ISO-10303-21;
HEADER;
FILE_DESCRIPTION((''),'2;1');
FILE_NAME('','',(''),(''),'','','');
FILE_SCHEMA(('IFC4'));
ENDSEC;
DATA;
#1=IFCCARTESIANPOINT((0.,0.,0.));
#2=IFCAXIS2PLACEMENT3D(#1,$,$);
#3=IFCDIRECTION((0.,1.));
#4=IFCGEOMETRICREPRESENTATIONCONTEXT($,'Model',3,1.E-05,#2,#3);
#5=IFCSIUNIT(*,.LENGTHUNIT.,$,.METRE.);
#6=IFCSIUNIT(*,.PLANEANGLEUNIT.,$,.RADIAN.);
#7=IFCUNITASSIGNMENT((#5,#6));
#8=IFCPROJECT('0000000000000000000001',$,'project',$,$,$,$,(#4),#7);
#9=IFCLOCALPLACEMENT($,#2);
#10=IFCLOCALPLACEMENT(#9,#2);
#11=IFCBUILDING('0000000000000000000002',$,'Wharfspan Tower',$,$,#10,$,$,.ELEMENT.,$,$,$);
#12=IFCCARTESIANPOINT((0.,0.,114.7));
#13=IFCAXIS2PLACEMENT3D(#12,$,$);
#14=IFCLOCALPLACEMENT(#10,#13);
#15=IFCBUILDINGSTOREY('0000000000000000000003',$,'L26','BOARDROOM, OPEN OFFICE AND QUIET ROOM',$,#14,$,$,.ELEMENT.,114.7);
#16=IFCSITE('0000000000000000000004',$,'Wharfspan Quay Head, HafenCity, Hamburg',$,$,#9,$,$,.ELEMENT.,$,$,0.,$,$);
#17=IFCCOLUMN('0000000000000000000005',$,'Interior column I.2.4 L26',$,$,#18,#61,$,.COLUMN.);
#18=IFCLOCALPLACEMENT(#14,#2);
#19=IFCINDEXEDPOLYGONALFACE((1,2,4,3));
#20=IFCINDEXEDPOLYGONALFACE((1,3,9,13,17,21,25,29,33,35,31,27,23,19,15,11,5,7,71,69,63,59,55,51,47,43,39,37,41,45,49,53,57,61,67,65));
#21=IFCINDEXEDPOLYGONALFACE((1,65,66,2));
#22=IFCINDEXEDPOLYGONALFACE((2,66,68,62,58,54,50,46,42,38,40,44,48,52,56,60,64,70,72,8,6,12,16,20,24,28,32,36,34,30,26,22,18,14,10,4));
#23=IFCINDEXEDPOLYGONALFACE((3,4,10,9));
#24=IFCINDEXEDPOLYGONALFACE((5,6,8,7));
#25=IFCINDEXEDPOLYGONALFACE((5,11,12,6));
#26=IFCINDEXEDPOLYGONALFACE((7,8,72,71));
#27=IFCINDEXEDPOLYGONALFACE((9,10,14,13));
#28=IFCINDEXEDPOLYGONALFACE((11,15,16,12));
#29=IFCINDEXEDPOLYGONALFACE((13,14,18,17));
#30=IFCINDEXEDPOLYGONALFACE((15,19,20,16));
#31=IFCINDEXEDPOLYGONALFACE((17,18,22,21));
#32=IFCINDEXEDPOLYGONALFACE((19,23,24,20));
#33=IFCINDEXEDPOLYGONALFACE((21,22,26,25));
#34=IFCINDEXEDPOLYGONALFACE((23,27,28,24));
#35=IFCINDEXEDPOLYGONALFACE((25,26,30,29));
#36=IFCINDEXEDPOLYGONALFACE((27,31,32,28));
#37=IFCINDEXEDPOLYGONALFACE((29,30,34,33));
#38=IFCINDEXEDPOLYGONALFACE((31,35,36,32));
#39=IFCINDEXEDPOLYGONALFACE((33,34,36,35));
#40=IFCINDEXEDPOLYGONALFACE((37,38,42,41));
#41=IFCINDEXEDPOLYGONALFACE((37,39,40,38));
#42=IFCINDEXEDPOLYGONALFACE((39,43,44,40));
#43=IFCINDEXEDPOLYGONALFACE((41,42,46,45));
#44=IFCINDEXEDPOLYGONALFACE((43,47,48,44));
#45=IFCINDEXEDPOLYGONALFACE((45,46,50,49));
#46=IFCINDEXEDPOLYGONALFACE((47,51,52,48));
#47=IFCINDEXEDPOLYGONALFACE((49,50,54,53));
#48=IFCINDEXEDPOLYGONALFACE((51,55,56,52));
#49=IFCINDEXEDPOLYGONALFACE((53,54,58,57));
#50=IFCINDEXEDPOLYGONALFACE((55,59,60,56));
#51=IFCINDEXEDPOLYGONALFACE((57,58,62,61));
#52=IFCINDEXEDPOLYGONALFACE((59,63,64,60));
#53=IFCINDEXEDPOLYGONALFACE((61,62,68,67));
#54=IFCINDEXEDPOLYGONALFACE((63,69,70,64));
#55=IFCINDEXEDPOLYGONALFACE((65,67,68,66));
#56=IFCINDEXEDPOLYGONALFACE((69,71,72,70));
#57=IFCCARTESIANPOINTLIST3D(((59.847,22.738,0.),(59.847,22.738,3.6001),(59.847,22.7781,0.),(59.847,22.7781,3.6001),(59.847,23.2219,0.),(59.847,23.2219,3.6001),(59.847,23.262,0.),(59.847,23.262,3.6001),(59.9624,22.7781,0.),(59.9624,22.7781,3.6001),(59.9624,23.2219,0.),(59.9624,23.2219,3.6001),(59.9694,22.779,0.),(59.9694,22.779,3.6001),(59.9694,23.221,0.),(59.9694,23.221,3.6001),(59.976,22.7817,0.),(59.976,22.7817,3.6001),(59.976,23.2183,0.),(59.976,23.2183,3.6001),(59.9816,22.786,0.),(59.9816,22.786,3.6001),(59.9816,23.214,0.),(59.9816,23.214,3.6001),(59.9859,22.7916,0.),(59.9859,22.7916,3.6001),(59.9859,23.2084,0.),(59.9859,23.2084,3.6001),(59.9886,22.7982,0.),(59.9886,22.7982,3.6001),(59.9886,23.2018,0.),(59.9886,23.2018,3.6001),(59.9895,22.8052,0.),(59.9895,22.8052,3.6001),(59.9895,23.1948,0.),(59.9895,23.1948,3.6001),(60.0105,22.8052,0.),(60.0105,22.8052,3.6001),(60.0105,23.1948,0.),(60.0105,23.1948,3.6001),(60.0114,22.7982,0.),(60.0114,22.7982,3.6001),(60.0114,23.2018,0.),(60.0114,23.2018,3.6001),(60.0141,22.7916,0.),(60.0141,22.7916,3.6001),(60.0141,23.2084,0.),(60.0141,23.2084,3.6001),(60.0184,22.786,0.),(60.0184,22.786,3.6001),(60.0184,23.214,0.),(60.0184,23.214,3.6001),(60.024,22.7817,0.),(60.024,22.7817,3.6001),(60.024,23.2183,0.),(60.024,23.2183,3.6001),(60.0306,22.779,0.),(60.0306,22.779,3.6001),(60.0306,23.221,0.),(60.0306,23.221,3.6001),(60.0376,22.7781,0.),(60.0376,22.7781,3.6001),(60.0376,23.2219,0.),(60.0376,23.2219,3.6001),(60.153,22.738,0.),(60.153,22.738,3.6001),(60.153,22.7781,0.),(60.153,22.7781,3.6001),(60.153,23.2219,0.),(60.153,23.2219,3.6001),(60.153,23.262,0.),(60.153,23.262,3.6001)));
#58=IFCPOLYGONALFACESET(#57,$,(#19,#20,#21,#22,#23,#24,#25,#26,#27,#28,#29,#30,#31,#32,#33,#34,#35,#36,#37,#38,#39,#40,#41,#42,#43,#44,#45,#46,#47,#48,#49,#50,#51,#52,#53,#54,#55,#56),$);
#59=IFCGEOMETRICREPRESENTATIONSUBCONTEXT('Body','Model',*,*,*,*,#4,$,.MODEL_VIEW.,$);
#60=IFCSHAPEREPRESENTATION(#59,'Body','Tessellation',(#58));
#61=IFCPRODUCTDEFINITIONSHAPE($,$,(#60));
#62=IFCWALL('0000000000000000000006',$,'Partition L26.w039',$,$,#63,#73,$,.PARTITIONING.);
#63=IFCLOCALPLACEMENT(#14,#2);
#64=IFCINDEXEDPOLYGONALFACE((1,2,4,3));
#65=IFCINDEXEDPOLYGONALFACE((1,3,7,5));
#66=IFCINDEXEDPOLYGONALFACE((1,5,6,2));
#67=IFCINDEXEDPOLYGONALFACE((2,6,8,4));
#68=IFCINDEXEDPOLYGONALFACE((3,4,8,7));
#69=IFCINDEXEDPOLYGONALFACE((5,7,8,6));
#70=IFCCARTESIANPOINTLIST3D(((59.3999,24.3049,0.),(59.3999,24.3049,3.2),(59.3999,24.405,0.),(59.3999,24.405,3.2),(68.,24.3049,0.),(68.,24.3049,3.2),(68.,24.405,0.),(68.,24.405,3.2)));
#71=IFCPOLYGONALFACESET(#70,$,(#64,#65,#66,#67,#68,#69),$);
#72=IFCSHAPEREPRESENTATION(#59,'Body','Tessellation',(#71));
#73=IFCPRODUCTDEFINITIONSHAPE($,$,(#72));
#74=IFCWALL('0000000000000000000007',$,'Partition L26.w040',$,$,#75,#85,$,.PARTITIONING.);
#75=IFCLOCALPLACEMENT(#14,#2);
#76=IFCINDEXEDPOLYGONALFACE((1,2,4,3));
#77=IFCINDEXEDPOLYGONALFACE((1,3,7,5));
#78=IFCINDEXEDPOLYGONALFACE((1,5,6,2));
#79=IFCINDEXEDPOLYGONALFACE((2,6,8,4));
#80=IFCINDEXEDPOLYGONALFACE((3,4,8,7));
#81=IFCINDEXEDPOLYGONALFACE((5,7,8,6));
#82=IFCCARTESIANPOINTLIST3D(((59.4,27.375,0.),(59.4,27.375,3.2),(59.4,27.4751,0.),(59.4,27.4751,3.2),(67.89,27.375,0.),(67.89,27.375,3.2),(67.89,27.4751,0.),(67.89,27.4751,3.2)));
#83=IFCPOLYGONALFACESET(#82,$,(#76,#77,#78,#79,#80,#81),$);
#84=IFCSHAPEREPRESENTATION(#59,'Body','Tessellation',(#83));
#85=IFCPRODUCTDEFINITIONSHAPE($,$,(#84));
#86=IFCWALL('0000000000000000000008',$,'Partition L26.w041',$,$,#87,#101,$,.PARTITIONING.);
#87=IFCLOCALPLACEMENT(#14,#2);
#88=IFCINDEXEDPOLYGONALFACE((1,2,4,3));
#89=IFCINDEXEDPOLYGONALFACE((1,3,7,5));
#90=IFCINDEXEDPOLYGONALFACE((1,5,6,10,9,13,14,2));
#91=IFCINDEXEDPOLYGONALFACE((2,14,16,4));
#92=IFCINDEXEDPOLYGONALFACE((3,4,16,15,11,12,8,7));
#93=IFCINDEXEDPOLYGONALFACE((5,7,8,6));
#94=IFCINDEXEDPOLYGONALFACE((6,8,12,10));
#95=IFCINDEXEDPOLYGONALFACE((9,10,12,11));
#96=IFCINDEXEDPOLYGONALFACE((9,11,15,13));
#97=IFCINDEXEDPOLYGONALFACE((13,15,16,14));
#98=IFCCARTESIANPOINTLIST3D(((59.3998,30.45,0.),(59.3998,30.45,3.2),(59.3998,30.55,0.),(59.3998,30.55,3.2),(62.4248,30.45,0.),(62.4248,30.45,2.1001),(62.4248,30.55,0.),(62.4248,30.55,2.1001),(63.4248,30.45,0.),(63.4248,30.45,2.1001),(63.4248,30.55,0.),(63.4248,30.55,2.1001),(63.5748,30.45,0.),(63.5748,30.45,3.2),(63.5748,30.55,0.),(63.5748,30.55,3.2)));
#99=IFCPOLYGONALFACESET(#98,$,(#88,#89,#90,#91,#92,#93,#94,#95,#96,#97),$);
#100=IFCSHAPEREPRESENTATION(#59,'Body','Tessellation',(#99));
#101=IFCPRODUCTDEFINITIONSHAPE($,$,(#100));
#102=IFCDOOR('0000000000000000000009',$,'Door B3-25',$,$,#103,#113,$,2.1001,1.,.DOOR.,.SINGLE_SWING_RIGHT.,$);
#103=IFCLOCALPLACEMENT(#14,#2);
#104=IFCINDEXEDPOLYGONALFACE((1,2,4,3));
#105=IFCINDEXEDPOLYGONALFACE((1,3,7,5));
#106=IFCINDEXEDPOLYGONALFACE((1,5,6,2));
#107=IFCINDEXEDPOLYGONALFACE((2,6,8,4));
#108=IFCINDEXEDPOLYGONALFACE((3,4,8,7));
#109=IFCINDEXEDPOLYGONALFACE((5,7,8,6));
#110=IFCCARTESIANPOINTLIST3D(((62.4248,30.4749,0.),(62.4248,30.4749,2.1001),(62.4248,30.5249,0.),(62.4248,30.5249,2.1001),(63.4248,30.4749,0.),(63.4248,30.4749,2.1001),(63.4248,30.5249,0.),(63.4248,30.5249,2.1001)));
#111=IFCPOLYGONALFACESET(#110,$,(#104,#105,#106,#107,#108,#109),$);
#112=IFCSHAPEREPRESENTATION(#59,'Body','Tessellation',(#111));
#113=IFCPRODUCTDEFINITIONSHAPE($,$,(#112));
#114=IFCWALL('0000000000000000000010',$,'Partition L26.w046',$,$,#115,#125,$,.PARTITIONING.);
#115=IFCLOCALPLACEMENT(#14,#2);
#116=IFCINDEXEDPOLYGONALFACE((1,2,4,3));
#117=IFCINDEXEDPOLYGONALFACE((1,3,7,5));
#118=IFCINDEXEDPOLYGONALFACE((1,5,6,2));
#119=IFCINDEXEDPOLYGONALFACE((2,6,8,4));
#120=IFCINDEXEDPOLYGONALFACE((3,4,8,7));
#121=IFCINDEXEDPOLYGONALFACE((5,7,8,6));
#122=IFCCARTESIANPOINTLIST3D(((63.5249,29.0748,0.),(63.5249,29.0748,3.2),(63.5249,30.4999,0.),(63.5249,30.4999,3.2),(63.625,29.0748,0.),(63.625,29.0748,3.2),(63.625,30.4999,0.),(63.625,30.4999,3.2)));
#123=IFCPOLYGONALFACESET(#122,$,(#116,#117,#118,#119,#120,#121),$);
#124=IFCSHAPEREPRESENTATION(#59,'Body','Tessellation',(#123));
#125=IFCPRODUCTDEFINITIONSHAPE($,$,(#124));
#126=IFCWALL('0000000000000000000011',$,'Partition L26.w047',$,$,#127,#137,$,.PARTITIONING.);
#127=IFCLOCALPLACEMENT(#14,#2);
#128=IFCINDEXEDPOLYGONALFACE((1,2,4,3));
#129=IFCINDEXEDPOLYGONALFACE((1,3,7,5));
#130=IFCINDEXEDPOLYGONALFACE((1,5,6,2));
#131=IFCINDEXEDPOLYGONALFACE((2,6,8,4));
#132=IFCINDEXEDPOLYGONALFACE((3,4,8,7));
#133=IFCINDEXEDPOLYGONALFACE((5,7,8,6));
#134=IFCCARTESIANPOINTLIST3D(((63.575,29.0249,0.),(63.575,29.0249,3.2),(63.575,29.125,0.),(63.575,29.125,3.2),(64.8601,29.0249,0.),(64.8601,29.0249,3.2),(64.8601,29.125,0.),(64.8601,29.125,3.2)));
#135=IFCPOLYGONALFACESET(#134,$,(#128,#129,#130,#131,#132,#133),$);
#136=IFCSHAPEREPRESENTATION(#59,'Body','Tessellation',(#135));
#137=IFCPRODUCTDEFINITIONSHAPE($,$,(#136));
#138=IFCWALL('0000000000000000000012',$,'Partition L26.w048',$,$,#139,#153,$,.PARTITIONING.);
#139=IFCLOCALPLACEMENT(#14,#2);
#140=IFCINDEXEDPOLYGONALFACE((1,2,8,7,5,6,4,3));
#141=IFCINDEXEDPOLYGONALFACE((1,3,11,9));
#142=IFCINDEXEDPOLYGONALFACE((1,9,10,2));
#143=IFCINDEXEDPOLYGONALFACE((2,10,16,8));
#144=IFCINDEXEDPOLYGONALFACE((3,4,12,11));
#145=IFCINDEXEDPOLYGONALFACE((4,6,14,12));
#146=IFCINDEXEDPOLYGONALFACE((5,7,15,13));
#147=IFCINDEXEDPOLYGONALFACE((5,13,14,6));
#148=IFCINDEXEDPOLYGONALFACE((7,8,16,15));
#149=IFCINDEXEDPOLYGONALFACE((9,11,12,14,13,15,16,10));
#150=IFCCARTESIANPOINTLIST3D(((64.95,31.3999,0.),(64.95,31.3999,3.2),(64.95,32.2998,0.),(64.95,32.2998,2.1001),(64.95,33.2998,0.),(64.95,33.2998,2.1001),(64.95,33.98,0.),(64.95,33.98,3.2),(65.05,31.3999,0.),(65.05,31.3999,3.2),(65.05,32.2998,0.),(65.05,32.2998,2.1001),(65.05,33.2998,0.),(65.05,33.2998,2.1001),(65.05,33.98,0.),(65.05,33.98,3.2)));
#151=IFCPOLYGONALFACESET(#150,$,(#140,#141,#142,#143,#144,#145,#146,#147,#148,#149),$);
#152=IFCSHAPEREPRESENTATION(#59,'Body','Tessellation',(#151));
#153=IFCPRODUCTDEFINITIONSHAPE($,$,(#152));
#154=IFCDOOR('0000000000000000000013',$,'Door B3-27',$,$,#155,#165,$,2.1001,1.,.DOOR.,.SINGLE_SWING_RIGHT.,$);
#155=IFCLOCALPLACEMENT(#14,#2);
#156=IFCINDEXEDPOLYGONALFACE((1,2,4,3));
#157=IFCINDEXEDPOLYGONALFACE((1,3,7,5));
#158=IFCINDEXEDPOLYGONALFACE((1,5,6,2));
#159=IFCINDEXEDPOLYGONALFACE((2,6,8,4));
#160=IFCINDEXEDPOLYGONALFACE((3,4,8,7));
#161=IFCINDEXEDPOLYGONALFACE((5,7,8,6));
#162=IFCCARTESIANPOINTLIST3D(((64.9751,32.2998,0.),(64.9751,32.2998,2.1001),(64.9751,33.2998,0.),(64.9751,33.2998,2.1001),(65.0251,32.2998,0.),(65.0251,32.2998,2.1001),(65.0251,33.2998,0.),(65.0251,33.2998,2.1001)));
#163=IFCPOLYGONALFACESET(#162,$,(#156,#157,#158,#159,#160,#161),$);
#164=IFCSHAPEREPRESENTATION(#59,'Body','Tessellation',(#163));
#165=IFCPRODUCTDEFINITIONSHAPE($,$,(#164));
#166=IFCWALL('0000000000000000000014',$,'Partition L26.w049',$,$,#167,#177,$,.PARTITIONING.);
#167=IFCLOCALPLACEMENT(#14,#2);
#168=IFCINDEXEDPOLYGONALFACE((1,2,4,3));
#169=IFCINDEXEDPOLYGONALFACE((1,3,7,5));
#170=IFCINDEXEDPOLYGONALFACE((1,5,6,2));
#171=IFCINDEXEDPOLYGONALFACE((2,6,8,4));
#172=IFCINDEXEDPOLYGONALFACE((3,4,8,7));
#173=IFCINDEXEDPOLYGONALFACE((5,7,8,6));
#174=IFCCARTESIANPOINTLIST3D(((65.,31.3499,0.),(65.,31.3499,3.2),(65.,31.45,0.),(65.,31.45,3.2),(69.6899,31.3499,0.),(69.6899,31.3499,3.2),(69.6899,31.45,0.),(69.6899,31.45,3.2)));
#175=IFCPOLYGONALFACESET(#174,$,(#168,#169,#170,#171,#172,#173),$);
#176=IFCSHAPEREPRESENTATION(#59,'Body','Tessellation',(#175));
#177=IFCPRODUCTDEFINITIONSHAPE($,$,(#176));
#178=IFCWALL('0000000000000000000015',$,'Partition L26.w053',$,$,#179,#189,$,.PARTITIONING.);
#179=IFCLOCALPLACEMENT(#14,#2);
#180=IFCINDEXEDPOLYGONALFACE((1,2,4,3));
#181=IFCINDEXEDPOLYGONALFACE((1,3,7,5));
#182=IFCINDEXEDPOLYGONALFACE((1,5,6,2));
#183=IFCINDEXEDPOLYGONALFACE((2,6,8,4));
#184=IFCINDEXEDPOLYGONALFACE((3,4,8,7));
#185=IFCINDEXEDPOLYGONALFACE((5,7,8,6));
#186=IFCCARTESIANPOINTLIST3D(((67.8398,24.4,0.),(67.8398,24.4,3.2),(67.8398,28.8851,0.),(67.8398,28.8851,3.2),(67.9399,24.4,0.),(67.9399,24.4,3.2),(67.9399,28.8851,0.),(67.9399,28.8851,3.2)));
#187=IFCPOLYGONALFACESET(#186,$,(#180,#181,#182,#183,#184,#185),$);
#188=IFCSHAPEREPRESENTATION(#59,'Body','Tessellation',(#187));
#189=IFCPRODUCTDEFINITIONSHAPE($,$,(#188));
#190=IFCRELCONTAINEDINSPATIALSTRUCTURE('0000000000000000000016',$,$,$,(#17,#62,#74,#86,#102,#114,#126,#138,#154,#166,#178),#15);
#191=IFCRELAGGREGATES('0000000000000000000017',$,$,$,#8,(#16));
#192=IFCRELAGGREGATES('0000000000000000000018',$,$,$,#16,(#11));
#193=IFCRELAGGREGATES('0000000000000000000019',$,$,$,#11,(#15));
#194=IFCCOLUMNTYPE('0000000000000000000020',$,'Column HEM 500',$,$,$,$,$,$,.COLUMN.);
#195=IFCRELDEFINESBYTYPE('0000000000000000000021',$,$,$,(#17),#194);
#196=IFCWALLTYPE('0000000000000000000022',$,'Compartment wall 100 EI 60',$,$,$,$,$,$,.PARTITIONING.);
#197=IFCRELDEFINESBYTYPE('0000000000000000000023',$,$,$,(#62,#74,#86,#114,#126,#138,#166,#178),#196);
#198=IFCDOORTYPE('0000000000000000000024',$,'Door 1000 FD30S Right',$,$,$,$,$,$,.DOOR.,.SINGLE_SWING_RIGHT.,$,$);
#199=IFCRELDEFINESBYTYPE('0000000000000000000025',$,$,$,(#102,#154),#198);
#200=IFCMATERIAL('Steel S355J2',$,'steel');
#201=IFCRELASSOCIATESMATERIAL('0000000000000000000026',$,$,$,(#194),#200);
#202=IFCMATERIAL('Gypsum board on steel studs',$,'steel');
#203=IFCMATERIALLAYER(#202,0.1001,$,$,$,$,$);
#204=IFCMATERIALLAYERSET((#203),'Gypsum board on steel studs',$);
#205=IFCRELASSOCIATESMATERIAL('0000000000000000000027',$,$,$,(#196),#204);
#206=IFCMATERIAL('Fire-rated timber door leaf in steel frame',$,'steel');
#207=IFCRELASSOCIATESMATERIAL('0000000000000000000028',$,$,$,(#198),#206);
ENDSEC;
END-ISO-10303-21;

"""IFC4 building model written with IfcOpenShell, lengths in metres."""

from ifc_helpers import new_model, si_unit, direction, frame, frame_2d, origin, origin_2d, place, context, subcontext, project, spatial, rectangle, i_section, extrude, material, layer, layer_set, material_profile, profile_set, type_object, element, fill, save


model = new_model("IFC4")

# Units and contexts
model_context = context("Model", 3, precision=1e-05, world=origin(), true_north=direction((0.0, 1.0)))
body_context = subcontext(model_context, "Body", "Model", "MODEL_VIEW")
ifc_project = project(units=[si_unit("LENGTHUNIT", "METRE"), si_unit("PLANEANGLEUNIT", "RADIAN")], contexts=[model_context])

# Site, building, storey
site_placement = place(None, origin())
site = spatial("IfcSite", under=ifc_project, at=site_placement, Name="Wharfspan Quay Head, HafenCity, Hamburg", CompositionType="ELEMENT", RefElevation=0.0)
building_placement = place(site_placement, origin())
building = spatial("IfcBuilding", under=site, at=building_placement, Name="Wharfspan Tower", CompositionType="ELEMENT")
storey_placement = place(building_placement, frame((0.0, 0.0, 114.7)))
storey = spatial("IfcBuildingStorey", under=building, at=storey_placement, Name="L26", Description="BOARDROOM, OPEN OFFICE AND QUIET ROOM", CompositionType="ELEMENT", Elevation=114.7)

# Column
ifc_material_1 = material(Name="Steel S355J2", Category="steel")
ifc_material_profile = material_profile(ifc_material_1, i_section(OverallWidth=0.3059, OverallDepth=0.5239, WebThickness=0.021, FlangeThickness=0.04, FilletRadius=0.0271, at=origin_2d()))
ifc_profile_set = profile_set([ifc_material_profile], Name="Steel S355J2")
column_type = type_object("IfcColumnType", Name="Column HEM 500", PredefinedType="COLUMN", material=ifc_profile_set)
column_placement = place(storey_placement, frame((60.0, 23.0, 0.0), z_axis=(0.0, 0.0, 1.0), x_axis=(1.0, 0.0, 0.0)))
element("IfcColumn", 1, at=column_placement, inside=storey, type_object=column_type, Name="Interior column I.2.4 L26", PredefinedType="COLUMN", context=body_context, shape_type="SweptSolid", body=[
    extrude(i_section(OverallWidth=0.3059, OverallDepth=0.5239, WebThickness=0.021, FlangeThickness=0.04, FilletRadius=0.0271, at=origin_2d()), origin(), (0.0, 0.0, 1.0), 3.6001),
])

# Walls
ifc_material_2 = material(Name="Gypsum board on steel studs", Category="steel")
ifc_layer = layer(ifc_material_2, 0.1001)
ifc_layer_set = layer_set([ifc_layer], Name="Gypsum board on steel studs")
wall_type = type_object("IfcWallType", Name="Compartment wall 100 EI 60", PredefinedType="PARTITIONING", material=ifc_layer_set)
wall_1_placement = place(storey_placement, frame((59.3999, 24.355, 0.0), z_axis=(0.0, 0.0, 1.0), x_axis=(1.0, 0.0, 0.0)))
element("IfcWall", 2, at=wall_1_placement, inside=storey, type_object=wall_type, Name="Partition L26.w039", PredefinedType="PARTITIONING", context=body_context, shape_type="SweptSolid", body=[
    extrude(rectangle(XDim=8.6001, YDim=0.1001, at=frame_2d((4.3, 0.0))), origin(), (0.0, 0.0, 1.0), 3.2),
])
wall_2_placement = place(storey_placement, frame((59.3999, 27.425, 0.0), z_axis=(0.0, 0.0, 1.0), x_axis=(1.0, 0.0, 0.0)))
element("IfcWall", 3, at=wall_2_placement, inside=storey, type_object=wall_type, Name="Partition L26.w040", PredefinedType="PARTITIONING", context=body_context, shape_type="SweptSolid", body=[
    extrude(rectangle(XDim=8.49, YDim=0.1001, at=frame_2d((4.2451, 0.0))), origin(), (0.0, 0.0, 1.0), 3.2),
])

# Wall, opening, door
wall_3_placement = place(storey_placement, frame((59.3999, 30.5, 0.0), z_axis=(0.0, 0.0, 1.0), x_axis=(1.0, 0.0, 0.0)))
wall_3 = element("IfcWall", 4, at=wall_3_placement, inside=storey, type_object=wall_type, Name="Partition L26.w041", PredefinedType="PARTITIONING", context=body_context, shape_type="SweptSolid", body=[
    extrude(rectangle(XDim=4.175, YDim=0.1001, at=frame_2d((2.0874, 0.0))), origin(), (0.0, 0.0, 1.0), 3.2),
])
opening_1_placement = place(wall_3_placement, frame((3.0249, 0.0, 0.0)))
opening_1 = element("IfcOpeningElement", 5, at=opening_1_placement, cuts=wall_3, PredefinedType="OPENING", context=body_context, shape_type="SweptSolid", body=[
    extrude(rectangle(XDim=1.0, YDim=2.1001, at=frame_2d((0.5, 1.05))), frame((0.0, 0.0601, 0.0), z_axis=(0.0, -1.0, 0.0), x_axis=(1.0, 0.0, 0.0)), (0.0, 0.0, 1.0), 0.1201),
])
ifc_material_3 = material(Name="Fire-rated timber door leaf in steel frame", Category="steel")
door_type_1 = type_object("IfcDoorType", Name="Door 1000 FD30S Right", OperationType="SINGLE_SWING_RIGHT", PredefinedType="DOOR", material=ifc_material_3)
door_1_placement = place(opening_1_placement, origin())
door_1 = element("IfcDoor", 6, at=door_1_placement, inside=storey, type_object=door_type_1, Name="Door B3-25", OperationType="SINGLE_SWING_RIGHT", OverallHeight=2.1001, OverallWidth=1.0, PredefinedType="DOOR", context=body_context, shape_type="SweptSolid", body=[
    extrude(rectangle(XDim=1.0, YDim=2.1001, at=frame_2d((0.5, 1.05))), frame((0.0, 0.0249, 0.0), z_axis=(0.0, -1.0, 0.0), x_axis=(1.0, 0.0, 0.0)), (0.0, 0.0, 1.0), 0.05),
])
fill(opening_1, door_1)

# Walls
wall_4_placement = place(storey_placement, frame((63.575, 29.075, 0.0), z_axis=(0.0, 0.0, 1.0), x_axis=(0.0, 1.0, 0.0)))
element("IfcWall", 7, at=wall_4_placement, inside=storey, type_object=wall_type, Name="Partition L26.w046", PredefinedType="PARTITIONING", context=body_context, shape_type="SweptSolid", body=[
    extrude(rectangle(XDim=1.425, YDim=0.1001, at=frame_2d((0.7124, 0.0))), origin(), (0.0, 0.0, 1.0), 3.2),
])
wall_5_placement = place(storey_placement, frame((63.575, 29.075, 0.0), z_axis=(0.0, 0.0, 1.0), x_axis=(1.0, 0.0, 0.0)))
element("IfcWall", 8, at=wall_5_placement, inside=storey, type_object=wall_type, Name="Partition L26.w047", PredefinedType="PARTITIONING", context=body_context, shape_type="SweptSolid", body=[
    extrude(rectangle(XDim=1.2852, YDim=0.1001, at=frame_2d((0.6426, 0.0))), origin(), (0.0, 0.0, 1.0), 3.2),
])

# Wall, opening, door
wall_6_placement = place(storey_placement, frame((65.0, 31.3999, 0.0), z_axis=(0.0, 0.0, 1.0), x_axis=(0.0, 1.0, 0.0)))
wall_6 = element("IfcWall", 9, at=wall_6_placement, inside=storey, type_object=wall_type, Name="Partition L26.w048", PredefinedType="PARTITIONING", context=body_context, shape_type="SweptSolid", body=[
    extrude(rectangle(XDim=2.5801, YDim=0.1001, at=frame_2d((1.29, 0.0))), origin(), (0.0, 0.0, 1.0), 3.2),
])
opening_2_placement = place(wall_6_placement, frame((0.8999, 0.0, 0.0)))
opening_2 = element("IfcOpeningElement", 10, at=opening_2_placement, cuts=wall_6, PredefinedType="OPENING", context=body_context, shape_type="SweptSolid", body=[
    extrude(rectangle(XDim=1.0, YDim=2.1001, at=frame_2d((0.5, 1.05))), frame((0.0, 0.0601, 0.0), z_axis=(0.0, -1.0, 0.0), x_axis=(1.0, 0.0, 0.0)), (0.0, 0.0, 1.0), 0.1201),
])
door_2_placement = place(opening_2_placement, origin())
door_2 = element("IfcDoor", 11, at=door_2_placement, inside=storey, type_object=door_type_1, Name="Door B3-27", OperationType="SINGLE_SWING_RIGHT", OverallHeight=2.1001, OverallWidth=1.0, PredefinedType="DOOR", context=body_context, shape_type="SweptSolid", body=[
    extrude(rectangle(XDim=1.0, YDim=2.1001, at=frame_2d((0.5, 1.05))), frame((0.0, 0.0249, 0.0), z_axis=(0.0, -1.0, 0.0), x_axis=(1.0, 0.0, 0.0)), (0.0, 0.0, 1.0), 0.05),
])
fill(opening_2, door_2)

# Walls
wall_7_placement = place(storey_placement, frame((65.0, 31.3999, 0.0), z_axis=(0.0, 0.0, 1.0), x_axis=(1.0, 0.0, 0.0)))
element("IfcWall", 12, at=wall_7_placement, inside=storey, type_object=wall_type, Name="Partition L26.w049", PredefinedType="PARTITIONING", context=body_context, shape_type="SweptSolid", body=[
    extrude(rectangle(XDim=4.6899, YDim=0.1001, at=frame_2d((2.345, 0.0))), origin(), (0.0, 0.0, 1.0), 3.2),
])
wall_8_placement = place(storey_placement, frame((67.8899, 24.3999, 0.0), z_axis=(0.0, 0.0, 1.0), x_axis=(0.0, 1.0, 0.0)))
element("IfcWall", 13, at=wall_8_placement, inside=storey, type_object=wall_type, Name="Partition L26.w053", PredefinedType="PARTITIONING", context=body_context, shape_type="SweptSolid", body=[
    extrude(rectangle(XDim=4.4851, YDim=0.1001, at=frame_2d((2.2427, 0.0))), origin(), (0.0, 0.0, 1.0), 3.2),
])

save(model, "model.ifc")
